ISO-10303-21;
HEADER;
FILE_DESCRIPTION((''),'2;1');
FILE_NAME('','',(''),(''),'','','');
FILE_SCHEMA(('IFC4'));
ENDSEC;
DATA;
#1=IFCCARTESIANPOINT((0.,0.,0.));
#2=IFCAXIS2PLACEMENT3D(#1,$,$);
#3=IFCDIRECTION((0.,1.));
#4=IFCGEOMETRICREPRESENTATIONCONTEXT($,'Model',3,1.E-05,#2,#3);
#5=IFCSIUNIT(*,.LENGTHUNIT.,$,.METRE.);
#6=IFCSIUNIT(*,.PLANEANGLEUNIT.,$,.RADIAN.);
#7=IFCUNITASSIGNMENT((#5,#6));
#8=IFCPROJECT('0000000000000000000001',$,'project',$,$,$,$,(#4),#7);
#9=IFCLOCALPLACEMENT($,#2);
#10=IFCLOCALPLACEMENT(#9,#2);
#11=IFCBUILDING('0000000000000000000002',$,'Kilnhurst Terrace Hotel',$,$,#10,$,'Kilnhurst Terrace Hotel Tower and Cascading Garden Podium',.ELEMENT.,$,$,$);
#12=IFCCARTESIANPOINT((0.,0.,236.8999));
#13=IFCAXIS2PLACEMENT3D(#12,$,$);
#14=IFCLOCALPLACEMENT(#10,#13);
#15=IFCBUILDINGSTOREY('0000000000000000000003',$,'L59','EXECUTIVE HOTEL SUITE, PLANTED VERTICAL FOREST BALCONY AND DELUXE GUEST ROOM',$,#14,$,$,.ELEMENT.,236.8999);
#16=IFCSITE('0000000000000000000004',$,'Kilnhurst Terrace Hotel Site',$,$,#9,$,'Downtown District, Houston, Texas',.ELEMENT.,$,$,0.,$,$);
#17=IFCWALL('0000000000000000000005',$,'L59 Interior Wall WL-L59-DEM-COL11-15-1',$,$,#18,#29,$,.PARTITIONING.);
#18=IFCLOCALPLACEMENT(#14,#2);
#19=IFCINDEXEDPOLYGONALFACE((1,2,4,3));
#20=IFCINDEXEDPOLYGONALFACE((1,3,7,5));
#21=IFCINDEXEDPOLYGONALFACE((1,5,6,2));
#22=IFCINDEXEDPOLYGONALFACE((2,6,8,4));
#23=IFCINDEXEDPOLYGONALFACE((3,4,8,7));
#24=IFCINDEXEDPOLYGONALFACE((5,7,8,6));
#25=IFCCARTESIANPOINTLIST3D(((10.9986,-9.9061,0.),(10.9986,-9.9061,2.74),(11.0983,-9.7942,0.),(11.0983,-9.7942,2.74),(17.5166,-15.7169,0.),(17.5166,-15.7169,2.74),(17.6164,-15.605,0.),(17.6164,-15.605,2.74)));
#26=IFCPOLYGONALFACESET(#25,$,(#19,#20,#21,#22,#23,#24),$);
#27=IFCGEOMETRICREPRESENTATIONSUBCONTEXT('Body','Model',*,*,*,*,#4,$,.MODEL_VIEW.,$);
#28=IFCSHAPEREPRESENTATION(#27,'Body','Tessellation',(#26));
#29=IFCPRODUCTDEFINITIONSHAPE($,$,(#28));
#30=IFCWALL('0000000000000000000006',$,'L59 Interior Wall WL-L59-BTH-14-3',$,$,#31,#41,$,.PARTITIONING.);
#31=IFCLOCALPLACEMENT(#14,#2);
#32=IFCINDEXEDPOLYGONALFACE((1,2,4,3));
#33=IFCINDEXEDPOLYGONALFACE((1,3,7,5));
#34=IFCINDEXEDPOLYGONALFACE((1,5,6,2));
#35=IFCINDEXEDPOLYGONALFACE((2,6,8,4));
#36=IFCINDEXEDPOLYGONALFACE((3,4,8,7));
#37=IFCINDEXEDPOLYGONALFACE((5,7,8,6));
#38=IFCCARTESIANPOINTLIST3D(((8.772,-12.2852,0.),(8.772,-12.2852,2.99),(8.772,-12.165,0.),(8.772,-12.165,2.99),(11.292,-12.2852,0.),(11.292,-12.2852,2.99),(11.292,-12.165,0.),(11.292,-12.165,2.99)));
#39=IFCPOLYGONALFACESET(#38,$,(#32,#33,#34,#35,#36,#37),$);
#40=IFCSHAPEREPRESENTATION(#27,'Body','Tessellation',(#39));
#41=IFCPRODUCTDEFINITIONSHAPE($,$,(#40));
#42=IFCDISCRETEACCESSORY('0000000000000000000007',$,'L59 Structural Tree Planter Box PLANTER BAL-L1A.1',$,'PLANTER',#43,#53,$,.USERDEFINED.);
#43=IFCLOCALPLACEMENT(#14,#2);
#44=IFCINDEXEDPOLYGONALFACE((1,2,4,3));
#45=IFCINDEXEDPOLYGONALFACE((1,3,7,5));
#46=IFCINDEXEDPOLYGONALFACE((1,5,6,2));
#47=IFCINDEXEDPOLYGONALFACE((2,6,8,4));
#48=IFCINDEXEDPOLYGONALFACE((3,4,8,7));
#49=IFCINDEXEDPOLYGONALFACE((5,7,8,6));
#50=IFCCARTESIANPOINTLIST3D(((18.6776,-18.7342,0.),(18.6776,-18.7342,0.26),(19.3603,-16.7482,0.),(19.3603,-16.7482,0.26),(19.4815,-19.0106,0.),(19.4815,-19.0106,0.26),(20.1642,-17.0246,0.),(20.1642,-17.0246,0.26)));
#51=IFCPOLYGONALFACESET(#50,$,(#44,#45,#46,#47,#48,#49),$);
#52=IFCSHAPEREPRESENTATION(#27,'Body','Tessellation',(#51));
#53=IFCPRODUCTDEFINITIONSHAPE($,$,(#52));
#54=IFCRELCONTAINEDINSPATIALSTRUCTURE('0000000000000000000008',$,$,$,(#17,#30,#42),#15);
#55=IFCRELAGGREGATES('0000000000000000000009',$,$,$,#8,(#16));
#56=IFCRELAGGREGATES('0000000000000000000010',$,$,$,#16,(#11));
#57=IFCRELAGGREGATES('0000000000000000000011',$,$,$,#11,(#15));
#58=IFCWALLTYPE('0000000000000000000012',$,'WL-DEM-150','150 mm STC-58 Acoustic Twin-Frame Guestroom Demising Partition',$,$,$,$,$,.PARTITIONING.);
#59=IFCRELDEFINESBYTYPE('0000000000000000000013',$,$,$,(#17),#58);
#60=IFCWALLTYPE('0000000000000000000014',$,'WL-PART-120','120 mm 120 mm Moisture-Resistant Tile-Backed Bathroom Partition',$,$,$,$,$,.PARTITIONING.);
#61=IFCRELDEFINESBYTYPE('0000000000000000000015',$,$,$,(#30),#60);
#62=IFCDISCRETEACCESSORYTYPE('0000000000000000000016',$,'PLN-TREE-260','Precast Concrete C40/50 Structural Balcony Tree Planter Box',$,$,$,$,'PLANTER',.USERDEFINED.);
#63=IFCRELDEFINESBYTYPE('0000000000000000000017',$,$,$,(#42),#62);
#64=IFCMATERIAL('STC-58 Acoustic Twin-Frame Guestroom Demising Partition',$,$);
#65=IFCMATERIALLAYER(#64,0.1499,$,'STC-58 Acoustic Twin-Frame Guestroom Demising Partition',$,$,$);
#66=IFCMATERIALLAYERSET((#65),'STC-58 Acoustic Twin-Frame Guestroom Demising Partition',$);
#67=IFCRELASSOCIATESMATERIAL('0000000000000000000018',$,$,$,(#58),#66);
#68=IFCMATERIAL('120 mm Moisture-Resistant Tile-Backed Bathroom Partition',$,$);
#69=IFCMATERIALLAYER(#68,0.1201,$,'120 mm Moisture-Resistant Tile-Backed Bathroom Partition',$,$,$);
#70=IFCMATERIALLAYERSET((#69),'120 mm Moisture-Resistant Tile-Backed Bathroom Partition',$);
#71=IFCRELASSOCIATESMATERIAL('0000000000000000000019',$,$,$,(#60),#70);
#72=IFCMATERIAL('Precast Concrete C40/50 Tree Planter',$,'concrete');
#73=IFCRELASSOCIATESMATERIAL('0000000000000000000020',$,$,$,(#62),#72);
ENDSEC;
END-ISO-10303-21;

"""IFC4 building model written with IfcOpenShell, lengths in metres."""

from ifc_helpers import new_model, si_unit, direction, frame, frame_2d, origin, origin_2d, place, context, subcontext, project, spatial, rectangle, extrude, material, layer, layer_set, type_object, element, save


model = new_model("IFC4")

# Units and contexts
model_context = context("Model", 3, precision=1e-05, world=origin(), true_north=direction((0.0, 1.0)))
body_context = subcontext(model_context, "Body", "Model", "MODEL_VIEW")
ifc_project = project(units=[si_unit("LENGTHUNIT", "METRE"), si_unit("PLANEANGLEUNIT", "RADIAN")], contexts=[model_context])

# Site, building, storey
site_placement = place(None, origin())
site = spatial("IfcSite", under=ifc_project, at=site_placement, Name="Kilnhurst Terrace Hotel Site", LongName="Downtown District, Houston, Texas", CompositionType="ELEMENT", RefElevation=0.0)
building_placement = place(site_placement, origin())
building = spatial("IfcBuilding", under=site, at=building_placement, Name="Kilnhurst Terrace Hotel", LongName="Kilnhurst Terrace Hotel Tower and Cascading Garden Podium", CompositionType="ELEMENT")
storey_placement = place(building_placement, frame((0.0, 0.0, 236.8999)))
storey = spatial("IfcBuildingStorey", under=building, at=storey_placement, Name="L59", Description="EXECUTIVE HOTEL SUITE, PLANTED VERTICAL FOREST BALCONY AND DELUXE GUEST ROOM", CompositionType="ELEMENT", Elevation=236.8999)

# Walls
ifc_material_1 = material(Name="STC-58 Acoustic Twin-Frame Guestroom Demising Partition")
ifc_layer_1 = layer(ifc_material_1, 0.1499, Name="STC-58 Acoustic Twin-Frame Guestroom Demising Partition")
ifc_layer_set_1 = layer_set([ifc_layer_1], Name="STC-58 Acoustic Twin-Frame Guestroom Demising Partition")
wall_type_1 = type_object("IfcWallType", Name="WL-DEM-150", Description="150 mm STC-58 Acoustic Twin-Frame Guestroom Demising Partition", PredefinedType="PARTITIONING", material=ifc_layer_set_1)
wall_1_placement = place(storey_placement, frame((11.0483, -9.8501, 0.0), z_axis=(0.0, 0.0, 1.0), x_axis=(0.746444, -0.665448, 0.0)))
element("IfcWall", 1, at=wall_1_placement, inside=storey, type_object=wall_type_1, Name="L59 Interior Wall WL-L59-DEM-COL11-15-1", PredefinedType="PARTITIONING", context=body_context, shape_type="SweptSolid", body=[
    extrude(rectangle(XDim=8.7322, YDim=0.1499, at=frame_2d((4.3662, 0.0))), origin(), (0.0, 0.0, 1.0), 2.74),
])
ifc_material_2 = material(Name="120 mm Moisture-Resistant Tile-Backed Bathroom Partition")
ifc_layer_2 = layer(ifc_material_2, 0.1201, Name="120 mm Moisture-Resistant Tile-Backed Bathroom Partition")
ifc_layer_set_2 = layer_set([ifc_layer_2], Name="120 mm Moisture-Resistant Tile-Backed Bathroom Partition")
wall_type_2 = type_object("IfcWallType", Name="WL-PART-120", Description="120 mm 120 mm Moisture-Resistant Tile-Backed Bathroom Partition", PredefinedType="PARTITIONING", material=ifc_layer_set_2)
wall_2_placement = place(storey_placement, frame((11.292, -12.2251, 0.0), z_axis=(0.0, 0.0, 1.0), x_axis=(-1.0, 0.0, 0.0)))
element("IfcWall", 2, at=wall_2_placement, inside=storey, type_object=wall_type_2, Name="L59 Interior Wall WL-L59-BTH-14-3", PredefinedType="PARTITIONING", context=body_context, shape_type="SweptSolid", body=[
    extrude(rectangle(XDim=2.52, YDim=0.1201, at=frame_2d((1.26, 0.0))), origin(), (0.0, 0.0, 1.0), 2.99),
])

# Discrete accessory
ifc_material_3 = material(Name="Precast Concrete C40/50 Tree Planter", Category="concrete")
discrete_accessory_type = type_object("IfcDiscreteAccessoryType", Name="PLN-TREE-260", Description="Precast Concrete C40/50 Structural Balcony Tree Planter Box", ElementType="PLANTER", PredefinedType="USERDEFINED", material=ifc_material_3)
discrete_accessory_placement = place(storey_placement, frame((19.4209, -17.8794, 0.0), z_axis=(0.0, 0.0, 1.0), x_axis=(0.32509, 0.945683, 0.0)))
element("IfcDiscreteAccessory", 3, at=discrete_accessory_placement, inside=storey, type_object=discrete_accessory_type, Name="L59 Structural Tree Planter Box PLANTER BAL-L1A.1", ObjectType="PLANTER", PredefinedType="USERDEFINED", context=body_context, shape_type="SweptSolid", body=[
    extrude(rectangle(XDim=2.1001, YDim=0.8501, at=origin_2d()), origin(), (0.0, 0.0, 1.0), 0.26),
])

save(model, "model.ifc")
